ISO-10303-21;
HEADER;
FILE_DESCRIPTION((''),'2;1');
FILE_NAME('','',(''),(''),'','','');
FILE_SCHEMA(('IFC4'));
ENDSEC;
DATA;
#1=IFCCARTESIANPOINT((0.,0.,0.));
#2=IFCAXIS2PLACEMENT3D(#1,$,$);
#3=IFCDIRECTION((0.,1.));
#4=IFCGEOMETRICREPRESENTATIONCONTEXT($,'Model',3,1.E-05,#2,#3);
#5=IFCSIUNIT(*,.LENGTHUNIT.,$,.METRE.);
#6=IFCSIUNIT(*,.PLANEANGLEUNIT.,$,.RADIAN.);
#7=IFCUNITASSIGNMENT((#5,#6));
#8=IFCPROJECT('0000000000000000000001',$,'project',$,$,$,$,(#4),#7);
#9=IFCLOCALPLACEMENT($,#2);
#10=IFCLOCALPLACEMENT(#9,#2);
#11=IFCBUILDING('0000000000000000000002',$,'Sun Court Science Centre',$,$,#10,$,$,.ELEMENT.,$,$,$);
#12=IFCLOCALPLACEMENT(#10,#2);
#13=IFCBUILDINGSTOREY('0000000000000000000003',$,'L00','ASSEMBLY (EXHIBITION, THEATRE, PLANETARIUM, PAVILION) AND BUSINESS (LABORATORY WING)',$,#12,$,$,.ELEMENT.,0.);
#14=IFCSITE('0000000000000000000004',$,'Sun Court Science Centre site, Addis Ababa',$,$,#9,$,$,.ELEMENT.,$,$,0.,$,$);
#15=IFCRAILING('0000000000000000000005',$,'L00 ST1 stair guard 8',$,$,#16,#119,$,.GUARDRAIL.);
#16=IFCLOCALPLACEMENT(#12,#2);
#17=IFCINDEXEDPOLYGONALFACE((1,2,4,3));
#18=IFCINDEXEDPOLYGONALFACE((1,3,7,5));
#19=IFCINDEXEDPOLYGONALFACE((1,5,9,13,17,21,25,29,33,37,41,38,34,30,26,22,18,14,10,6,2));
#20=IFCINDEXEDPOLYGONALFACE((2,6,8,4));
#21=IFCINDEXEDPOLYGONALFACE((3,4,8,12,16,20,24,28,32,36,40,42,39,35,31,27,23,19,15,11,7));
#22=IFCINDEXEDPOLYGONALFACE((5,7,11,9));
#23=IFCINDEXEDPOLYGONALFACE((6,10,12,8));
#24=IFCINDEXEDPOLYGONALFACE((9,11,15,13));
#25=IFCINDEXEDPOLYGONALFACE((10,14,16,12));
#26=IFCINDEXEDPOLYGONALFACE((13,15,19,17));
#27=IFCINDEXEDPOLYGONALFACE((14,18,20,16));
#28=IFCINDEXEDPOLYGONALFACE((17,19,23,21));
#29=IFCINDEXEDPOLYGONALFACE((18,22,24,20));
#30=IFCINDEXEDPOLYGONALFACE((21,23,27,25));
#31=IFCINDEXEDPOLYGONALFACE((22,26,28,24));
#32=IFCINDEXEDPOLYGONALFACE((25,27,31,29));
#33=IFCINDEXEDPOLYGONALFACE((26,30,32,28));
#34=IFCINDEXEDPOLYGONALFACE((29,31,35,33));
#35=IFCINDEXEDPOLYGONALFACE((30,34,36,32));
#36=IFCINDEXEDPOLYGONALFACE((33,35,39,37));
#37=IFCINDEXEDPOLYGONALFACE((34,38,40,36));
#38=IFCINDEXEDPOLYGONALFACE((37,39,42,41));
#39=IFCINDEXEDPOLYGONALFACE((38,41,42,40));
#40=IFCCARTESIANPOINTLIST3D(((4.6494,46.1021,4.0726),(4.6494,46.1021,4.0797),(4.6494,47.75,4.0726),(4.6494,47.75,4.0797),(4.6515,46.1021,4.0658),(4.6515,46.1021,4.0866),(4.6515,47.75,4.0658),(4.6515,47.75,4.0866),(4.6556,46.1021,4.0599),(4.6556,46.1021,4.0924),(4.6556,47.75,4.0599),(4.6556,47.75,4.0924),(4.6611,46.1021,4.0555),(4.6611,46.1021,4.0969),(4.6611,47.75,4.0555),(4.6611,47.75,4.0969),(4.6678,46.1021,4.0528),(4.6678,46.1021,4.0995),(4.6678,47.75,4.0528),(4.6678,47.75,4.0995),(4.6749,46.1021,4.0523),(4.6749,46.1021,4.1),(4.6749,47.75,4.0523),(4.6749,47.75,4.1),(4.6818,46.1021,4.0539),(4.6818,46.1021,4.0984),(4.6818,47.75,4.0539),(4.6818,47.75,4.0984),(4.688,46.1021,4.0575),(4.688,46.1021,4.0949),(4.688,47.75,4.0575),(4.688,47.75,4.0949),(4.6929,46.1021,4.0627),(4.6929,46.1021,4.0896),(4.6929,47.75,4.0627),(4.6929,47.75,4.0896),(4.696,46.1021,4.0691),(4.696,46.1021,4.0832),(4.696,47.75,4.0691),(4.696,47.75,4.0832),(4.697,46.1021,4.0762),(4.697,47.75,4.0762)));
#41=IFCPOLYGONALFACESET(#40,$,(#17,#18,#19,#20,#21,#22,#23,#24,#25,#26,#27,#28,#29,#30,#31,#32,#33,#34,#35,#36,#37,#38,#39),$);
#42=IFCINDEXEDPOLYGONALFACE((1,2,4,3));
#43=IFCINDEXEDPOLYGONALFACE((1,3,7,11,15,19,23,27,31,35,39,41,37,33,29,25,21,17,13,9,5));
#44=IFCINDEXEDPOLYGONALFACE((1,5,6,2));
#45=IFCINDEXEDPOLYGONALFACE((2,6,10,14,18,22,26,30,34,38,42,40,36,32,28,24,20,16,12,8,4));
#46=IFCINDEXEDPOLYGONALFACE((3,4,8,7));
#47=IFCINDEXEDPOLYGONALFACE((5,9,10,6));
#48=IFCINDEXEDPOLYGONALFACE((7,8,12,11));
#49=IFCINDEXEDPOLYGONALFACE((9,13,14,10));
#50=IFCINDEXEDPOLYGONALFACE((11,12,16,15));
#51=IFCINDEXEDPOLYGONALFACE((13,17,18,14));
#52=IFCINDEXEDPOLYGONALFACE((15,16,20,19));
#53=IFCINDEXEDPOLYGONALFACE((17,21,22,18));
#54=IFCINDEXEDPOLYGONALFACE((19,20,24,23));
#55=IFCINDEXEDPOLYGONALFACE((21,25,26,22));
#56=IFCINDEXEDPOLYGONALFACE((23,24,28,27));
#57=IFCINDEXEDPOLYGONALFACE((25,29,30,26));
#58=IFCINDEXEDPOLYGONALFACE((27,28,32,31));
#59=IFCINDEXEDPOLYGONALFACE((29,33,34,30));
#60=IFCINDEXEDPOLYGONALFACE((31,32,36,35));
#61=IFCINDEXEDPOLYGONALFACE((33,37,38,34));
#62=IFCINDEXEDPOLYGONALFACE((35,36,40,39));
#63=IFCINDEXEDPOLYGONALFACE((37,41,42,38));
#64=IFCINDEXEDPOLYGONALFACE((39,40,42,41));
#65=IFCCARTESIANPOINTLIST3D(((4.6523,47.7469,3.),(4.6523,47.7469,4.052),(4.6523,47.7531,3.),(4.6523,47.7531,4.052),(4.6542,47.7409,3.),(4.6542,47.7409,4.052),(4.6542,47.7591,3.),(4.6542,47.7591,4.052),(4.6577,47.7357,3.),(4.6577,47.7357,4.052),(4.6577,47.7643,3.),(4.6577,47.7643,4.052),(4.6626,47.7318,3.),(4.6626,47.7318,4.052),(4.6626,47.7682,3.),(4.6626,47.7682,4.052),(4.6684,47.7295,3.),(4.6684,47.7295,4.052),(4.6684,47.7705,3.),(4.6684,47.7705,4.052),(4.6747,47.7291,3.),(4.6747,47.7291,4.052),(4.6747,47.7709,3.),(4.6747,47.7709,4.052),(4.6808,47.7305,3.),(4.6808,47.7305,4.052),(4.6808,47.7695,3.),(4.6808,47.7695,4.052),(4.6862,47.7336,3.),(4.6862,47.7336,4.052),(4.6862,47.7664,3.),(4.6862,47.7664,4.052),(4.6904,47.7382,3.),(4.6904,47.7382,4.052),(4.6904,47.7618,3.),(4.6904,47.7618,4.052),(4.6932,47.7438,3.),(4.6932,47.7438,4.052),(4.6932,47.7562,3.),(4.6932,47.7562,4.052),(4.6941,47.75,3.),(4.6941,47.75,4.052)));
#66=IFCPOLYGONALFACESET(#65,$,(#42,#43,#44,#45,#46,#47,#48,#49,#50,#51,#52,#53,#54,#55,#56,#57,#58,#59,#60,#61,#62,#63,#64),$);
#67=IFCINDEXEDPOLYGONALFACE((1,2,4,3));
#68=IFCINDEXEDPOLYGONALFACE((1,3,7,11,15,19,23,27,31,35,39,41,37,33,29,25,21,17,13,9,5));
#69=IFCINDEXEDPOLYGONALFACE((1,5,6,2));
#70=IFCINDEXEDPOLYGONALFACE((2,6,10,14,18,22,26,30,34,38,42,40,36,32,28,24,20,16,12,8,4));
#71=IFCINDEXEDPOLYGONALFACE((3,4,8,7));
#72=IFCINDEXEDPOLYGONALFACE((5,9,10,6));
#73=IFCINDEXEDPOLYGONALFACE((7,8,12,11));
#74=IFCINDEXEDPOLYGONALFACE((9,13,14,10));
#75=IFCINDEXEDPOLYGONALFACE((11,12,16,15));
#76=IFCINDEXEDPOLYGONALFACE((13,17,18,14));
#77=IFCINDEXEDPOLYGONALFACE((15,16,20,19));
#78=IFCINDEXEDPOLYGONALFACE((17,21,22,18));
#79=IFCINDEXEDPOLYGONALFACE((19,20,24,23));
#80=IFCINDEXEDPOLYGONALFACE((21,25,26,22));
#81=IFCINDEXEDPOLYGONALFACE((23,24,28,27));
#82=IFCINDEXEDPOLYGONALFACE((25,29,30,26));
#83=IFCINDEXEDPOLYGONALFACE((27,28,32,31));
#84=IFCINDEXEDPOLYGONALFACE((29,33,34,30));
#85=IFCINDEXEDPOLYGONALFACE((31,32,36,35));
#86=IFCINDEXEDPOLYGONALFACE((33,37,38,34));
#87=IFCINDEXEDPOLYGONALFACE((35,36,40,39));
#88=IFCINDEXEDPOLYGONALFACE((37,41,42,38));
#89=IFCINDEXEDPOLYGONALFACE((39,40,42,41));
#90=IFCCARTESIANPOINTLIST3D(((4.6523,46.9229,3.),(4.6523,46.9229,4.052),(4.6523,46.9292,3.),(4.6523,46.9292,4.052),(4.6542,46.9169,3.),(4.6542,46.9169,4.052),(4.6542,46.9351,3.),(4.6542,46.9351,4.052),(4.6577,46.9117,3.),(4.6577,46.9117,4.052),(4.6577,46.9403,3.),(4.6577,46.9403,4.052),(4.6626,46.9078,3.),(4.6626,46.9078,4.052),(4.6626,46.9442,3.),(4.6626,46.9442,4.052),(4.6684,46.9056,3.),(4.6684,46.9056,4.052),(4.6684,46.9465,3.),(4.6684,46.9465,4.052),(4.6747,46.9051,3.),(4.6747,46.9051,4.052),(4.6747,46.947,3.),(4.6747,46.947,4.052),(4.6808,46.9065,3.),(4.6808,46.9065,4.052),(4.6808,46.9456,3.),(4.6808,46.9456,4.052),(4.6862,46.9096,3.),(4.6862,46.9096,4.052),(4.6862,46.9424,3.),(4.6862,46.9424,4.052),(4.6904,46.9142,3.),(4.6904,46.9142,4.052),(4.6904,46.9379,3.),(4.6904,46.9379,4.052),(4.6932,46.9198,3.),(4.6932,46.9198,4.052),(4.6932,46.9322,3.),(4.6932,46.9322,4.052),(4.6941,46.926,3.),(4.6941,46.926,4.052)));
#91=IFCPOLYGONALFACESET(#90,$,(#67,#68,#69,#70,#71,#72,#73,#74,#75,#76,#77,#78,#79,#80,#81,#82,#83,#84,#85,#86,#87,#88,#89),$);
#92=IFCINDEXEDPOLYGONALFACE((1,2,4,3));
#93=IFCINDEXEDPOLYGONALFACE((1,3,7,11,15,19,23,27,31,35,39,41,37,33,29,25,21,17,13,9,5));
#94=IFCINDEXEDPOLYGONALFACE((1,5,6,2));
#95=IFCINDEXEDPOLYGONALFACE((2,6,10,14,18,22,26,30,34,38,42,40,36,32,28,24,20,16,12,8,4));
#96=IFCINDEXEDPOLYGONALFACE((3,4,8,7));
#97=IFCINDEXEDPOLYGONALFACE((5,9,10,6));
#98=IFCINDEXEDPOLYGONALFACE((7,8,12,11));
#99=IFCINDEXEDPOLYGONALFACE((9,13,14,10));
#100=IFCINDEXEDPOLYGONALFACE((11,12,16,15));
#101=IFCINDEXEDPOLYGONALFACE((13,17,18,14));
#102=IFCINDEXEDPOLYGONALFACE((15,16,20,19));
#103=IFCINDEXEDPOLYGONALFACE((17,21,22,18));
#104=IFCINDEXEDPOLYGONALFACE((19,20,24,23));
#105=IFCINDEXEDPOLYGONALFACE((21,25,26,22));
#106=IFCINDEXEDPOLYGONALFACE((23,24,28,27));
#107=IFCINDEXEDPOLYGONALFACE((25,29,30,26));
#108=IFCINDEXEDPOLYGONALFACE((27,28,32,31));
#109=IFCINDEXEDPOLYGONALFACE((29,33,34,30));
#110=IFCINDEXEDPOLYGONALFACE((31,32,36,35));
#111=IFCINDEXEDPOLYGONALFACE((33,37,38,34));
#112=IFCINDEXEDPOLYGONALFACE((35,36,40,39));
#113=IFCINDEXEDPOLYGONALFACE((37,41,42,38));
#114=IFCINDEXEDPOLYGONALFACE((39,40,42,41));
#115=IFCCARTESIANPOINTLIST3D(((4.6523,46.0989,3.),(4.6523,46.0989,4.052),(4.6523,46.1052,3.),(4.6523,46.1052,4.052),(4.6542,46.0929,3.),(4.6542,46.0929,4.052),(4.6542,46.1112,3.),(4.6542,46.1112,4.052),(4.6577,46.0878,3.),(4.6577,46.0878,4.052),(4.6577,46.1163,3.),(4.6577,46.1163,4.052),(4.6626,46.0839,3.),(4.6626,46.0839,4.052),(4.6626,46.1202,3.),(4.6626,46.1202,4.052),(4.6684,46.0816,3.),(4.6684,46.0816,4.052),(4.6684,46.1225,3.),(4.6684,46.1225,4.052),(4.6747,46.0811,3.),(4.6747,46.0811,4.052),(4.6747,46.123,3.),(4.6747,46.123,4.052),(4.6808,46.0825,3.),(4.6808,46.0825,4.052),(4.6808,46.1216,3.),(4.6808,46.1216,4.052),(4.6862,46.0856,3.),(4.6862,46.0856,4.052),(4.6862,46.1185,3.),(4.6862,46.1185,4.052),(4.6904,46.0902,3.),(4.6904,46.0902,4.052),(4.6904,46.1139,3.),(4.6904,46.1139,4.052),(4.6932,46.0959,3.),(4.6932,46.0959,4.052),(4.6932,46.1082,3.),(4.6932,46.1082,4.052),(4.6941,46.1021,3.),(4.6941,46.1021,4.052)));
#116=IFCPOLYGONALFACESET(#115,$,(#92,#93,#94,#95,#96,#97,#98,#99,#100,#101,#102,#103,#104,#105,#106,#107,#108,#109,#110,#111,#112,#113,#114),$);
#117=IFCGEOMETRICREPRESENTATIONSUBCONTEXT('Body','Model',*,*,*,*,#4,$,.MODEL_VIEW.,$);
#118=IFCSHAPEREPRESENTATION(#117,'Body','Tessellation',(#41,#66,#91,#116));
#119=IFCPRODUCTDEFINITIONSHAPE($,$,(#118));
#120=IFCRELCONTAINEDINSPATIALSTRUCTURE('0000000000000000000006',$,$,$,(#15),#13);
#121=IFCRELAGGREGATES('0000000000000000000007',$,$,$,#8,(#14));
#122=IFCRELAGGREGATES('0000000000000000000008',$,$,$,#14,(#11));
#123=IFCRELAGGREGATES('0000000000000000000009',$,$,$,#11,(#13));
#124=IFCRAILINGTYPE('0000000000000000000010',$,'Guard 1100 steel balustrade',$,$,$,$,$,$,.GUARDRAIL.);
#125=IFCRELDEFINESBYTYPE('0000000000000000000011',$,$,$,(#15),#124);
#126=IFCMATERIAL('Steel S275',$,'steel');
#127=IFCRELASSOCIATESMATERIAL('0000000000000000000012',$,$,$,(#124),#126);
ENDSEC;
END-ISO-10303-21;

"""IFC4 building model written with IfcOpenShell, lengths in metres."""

from ifc_helpers import new_model, si_unit, direction, frame, origin, origin_2d, place, context, subcontext, project, spatial, circle, extrude, material, type_object, element, save


model = new_model("IFC4")

# Units and contexts
model_context = context("Model", 3, precision=1e-05, world=origin(), true_north=direction((0.0, 1.0)))
body_context = subcontext(model_context, "Body", "Model", "MODEL_VIEW")
ifc_project = project(units=[si_unit("LENGTHUNIT", "METRE"), si_unit("PLANEANGLEUNIT", "RADIAN")], contexts=[model_context])

# Site, building, storey
site_placement = place(None, origin())
site = spatial("IfcSite", under=ifc_project, at=site_placement, Name="Sun Court Science Centre site, Addis Ababa", CompositionType="ELEMENT", RefElevation=0.0)
building_placement = place(site_placement, origin())
building = spatial("IfcBuilding", under=site, at=building_placement, Name="Sun Court Science Centre", CompositionType="ELEMENT")
storey_placement = place(building_placement, origin())
storey = spatial("IfcBuildingStorey", under=building, at=storey_placement, Name="L00", Description="ASSEMBLY (EXHIBITION, THEATRE, PLANETARIUM, PAVILION) AND BUSINESS (LABORATORY WING)", CompositionType="ELEMENT", Elevation=0.0)

# Railing
ifc_material_1 = material(Name="Steel S275", Category="steel")
railing_type_1 = type_object("IfcRailingType", Name="Guard 1100 steel balustrade", PredefinedType="GUARDRAIL", material=ifc_material_1)
for number, where, name in (
    (1, (4.6731, 47.75, 3.0), "L00 ST1 stair guard 8"),
):
    element("IfcRailing", number, at=place(storey_placement, frame(where)), inside=storey, type_object=railing_type_1, Name=name, PredefinedType="GUARDRAIL", context=body_context, shape_type="SweptSolid", body=[
        extrude(circle(Radius=0.0239, at=origin_2d()), frame((0.0, 0.0, 1.0762), z_axis=(0.0, -1.0, 0.0), x_axis=(1.0, 0.0, 0.0)), (0.0, 0.0, 1.0), 1.6479),
        extrude(circle(Radius=0.021, at=origin_2d()), origin(), (0.0, 0.0, 1.0), 1.052),
        extrude(circle(Radius=0.021, at=origin_2d()), frame((0.0, -0.824, 0.0)), (0.0, 0.0, 1.0), 1.052),
        extrude(circle(Radius=0.021, at=origin_2d()), frame((0.0, -1.6479, 0.0)), (0.0, 0.0, 1.0), 1.052),
    ])

save(model, "model.ifc")
